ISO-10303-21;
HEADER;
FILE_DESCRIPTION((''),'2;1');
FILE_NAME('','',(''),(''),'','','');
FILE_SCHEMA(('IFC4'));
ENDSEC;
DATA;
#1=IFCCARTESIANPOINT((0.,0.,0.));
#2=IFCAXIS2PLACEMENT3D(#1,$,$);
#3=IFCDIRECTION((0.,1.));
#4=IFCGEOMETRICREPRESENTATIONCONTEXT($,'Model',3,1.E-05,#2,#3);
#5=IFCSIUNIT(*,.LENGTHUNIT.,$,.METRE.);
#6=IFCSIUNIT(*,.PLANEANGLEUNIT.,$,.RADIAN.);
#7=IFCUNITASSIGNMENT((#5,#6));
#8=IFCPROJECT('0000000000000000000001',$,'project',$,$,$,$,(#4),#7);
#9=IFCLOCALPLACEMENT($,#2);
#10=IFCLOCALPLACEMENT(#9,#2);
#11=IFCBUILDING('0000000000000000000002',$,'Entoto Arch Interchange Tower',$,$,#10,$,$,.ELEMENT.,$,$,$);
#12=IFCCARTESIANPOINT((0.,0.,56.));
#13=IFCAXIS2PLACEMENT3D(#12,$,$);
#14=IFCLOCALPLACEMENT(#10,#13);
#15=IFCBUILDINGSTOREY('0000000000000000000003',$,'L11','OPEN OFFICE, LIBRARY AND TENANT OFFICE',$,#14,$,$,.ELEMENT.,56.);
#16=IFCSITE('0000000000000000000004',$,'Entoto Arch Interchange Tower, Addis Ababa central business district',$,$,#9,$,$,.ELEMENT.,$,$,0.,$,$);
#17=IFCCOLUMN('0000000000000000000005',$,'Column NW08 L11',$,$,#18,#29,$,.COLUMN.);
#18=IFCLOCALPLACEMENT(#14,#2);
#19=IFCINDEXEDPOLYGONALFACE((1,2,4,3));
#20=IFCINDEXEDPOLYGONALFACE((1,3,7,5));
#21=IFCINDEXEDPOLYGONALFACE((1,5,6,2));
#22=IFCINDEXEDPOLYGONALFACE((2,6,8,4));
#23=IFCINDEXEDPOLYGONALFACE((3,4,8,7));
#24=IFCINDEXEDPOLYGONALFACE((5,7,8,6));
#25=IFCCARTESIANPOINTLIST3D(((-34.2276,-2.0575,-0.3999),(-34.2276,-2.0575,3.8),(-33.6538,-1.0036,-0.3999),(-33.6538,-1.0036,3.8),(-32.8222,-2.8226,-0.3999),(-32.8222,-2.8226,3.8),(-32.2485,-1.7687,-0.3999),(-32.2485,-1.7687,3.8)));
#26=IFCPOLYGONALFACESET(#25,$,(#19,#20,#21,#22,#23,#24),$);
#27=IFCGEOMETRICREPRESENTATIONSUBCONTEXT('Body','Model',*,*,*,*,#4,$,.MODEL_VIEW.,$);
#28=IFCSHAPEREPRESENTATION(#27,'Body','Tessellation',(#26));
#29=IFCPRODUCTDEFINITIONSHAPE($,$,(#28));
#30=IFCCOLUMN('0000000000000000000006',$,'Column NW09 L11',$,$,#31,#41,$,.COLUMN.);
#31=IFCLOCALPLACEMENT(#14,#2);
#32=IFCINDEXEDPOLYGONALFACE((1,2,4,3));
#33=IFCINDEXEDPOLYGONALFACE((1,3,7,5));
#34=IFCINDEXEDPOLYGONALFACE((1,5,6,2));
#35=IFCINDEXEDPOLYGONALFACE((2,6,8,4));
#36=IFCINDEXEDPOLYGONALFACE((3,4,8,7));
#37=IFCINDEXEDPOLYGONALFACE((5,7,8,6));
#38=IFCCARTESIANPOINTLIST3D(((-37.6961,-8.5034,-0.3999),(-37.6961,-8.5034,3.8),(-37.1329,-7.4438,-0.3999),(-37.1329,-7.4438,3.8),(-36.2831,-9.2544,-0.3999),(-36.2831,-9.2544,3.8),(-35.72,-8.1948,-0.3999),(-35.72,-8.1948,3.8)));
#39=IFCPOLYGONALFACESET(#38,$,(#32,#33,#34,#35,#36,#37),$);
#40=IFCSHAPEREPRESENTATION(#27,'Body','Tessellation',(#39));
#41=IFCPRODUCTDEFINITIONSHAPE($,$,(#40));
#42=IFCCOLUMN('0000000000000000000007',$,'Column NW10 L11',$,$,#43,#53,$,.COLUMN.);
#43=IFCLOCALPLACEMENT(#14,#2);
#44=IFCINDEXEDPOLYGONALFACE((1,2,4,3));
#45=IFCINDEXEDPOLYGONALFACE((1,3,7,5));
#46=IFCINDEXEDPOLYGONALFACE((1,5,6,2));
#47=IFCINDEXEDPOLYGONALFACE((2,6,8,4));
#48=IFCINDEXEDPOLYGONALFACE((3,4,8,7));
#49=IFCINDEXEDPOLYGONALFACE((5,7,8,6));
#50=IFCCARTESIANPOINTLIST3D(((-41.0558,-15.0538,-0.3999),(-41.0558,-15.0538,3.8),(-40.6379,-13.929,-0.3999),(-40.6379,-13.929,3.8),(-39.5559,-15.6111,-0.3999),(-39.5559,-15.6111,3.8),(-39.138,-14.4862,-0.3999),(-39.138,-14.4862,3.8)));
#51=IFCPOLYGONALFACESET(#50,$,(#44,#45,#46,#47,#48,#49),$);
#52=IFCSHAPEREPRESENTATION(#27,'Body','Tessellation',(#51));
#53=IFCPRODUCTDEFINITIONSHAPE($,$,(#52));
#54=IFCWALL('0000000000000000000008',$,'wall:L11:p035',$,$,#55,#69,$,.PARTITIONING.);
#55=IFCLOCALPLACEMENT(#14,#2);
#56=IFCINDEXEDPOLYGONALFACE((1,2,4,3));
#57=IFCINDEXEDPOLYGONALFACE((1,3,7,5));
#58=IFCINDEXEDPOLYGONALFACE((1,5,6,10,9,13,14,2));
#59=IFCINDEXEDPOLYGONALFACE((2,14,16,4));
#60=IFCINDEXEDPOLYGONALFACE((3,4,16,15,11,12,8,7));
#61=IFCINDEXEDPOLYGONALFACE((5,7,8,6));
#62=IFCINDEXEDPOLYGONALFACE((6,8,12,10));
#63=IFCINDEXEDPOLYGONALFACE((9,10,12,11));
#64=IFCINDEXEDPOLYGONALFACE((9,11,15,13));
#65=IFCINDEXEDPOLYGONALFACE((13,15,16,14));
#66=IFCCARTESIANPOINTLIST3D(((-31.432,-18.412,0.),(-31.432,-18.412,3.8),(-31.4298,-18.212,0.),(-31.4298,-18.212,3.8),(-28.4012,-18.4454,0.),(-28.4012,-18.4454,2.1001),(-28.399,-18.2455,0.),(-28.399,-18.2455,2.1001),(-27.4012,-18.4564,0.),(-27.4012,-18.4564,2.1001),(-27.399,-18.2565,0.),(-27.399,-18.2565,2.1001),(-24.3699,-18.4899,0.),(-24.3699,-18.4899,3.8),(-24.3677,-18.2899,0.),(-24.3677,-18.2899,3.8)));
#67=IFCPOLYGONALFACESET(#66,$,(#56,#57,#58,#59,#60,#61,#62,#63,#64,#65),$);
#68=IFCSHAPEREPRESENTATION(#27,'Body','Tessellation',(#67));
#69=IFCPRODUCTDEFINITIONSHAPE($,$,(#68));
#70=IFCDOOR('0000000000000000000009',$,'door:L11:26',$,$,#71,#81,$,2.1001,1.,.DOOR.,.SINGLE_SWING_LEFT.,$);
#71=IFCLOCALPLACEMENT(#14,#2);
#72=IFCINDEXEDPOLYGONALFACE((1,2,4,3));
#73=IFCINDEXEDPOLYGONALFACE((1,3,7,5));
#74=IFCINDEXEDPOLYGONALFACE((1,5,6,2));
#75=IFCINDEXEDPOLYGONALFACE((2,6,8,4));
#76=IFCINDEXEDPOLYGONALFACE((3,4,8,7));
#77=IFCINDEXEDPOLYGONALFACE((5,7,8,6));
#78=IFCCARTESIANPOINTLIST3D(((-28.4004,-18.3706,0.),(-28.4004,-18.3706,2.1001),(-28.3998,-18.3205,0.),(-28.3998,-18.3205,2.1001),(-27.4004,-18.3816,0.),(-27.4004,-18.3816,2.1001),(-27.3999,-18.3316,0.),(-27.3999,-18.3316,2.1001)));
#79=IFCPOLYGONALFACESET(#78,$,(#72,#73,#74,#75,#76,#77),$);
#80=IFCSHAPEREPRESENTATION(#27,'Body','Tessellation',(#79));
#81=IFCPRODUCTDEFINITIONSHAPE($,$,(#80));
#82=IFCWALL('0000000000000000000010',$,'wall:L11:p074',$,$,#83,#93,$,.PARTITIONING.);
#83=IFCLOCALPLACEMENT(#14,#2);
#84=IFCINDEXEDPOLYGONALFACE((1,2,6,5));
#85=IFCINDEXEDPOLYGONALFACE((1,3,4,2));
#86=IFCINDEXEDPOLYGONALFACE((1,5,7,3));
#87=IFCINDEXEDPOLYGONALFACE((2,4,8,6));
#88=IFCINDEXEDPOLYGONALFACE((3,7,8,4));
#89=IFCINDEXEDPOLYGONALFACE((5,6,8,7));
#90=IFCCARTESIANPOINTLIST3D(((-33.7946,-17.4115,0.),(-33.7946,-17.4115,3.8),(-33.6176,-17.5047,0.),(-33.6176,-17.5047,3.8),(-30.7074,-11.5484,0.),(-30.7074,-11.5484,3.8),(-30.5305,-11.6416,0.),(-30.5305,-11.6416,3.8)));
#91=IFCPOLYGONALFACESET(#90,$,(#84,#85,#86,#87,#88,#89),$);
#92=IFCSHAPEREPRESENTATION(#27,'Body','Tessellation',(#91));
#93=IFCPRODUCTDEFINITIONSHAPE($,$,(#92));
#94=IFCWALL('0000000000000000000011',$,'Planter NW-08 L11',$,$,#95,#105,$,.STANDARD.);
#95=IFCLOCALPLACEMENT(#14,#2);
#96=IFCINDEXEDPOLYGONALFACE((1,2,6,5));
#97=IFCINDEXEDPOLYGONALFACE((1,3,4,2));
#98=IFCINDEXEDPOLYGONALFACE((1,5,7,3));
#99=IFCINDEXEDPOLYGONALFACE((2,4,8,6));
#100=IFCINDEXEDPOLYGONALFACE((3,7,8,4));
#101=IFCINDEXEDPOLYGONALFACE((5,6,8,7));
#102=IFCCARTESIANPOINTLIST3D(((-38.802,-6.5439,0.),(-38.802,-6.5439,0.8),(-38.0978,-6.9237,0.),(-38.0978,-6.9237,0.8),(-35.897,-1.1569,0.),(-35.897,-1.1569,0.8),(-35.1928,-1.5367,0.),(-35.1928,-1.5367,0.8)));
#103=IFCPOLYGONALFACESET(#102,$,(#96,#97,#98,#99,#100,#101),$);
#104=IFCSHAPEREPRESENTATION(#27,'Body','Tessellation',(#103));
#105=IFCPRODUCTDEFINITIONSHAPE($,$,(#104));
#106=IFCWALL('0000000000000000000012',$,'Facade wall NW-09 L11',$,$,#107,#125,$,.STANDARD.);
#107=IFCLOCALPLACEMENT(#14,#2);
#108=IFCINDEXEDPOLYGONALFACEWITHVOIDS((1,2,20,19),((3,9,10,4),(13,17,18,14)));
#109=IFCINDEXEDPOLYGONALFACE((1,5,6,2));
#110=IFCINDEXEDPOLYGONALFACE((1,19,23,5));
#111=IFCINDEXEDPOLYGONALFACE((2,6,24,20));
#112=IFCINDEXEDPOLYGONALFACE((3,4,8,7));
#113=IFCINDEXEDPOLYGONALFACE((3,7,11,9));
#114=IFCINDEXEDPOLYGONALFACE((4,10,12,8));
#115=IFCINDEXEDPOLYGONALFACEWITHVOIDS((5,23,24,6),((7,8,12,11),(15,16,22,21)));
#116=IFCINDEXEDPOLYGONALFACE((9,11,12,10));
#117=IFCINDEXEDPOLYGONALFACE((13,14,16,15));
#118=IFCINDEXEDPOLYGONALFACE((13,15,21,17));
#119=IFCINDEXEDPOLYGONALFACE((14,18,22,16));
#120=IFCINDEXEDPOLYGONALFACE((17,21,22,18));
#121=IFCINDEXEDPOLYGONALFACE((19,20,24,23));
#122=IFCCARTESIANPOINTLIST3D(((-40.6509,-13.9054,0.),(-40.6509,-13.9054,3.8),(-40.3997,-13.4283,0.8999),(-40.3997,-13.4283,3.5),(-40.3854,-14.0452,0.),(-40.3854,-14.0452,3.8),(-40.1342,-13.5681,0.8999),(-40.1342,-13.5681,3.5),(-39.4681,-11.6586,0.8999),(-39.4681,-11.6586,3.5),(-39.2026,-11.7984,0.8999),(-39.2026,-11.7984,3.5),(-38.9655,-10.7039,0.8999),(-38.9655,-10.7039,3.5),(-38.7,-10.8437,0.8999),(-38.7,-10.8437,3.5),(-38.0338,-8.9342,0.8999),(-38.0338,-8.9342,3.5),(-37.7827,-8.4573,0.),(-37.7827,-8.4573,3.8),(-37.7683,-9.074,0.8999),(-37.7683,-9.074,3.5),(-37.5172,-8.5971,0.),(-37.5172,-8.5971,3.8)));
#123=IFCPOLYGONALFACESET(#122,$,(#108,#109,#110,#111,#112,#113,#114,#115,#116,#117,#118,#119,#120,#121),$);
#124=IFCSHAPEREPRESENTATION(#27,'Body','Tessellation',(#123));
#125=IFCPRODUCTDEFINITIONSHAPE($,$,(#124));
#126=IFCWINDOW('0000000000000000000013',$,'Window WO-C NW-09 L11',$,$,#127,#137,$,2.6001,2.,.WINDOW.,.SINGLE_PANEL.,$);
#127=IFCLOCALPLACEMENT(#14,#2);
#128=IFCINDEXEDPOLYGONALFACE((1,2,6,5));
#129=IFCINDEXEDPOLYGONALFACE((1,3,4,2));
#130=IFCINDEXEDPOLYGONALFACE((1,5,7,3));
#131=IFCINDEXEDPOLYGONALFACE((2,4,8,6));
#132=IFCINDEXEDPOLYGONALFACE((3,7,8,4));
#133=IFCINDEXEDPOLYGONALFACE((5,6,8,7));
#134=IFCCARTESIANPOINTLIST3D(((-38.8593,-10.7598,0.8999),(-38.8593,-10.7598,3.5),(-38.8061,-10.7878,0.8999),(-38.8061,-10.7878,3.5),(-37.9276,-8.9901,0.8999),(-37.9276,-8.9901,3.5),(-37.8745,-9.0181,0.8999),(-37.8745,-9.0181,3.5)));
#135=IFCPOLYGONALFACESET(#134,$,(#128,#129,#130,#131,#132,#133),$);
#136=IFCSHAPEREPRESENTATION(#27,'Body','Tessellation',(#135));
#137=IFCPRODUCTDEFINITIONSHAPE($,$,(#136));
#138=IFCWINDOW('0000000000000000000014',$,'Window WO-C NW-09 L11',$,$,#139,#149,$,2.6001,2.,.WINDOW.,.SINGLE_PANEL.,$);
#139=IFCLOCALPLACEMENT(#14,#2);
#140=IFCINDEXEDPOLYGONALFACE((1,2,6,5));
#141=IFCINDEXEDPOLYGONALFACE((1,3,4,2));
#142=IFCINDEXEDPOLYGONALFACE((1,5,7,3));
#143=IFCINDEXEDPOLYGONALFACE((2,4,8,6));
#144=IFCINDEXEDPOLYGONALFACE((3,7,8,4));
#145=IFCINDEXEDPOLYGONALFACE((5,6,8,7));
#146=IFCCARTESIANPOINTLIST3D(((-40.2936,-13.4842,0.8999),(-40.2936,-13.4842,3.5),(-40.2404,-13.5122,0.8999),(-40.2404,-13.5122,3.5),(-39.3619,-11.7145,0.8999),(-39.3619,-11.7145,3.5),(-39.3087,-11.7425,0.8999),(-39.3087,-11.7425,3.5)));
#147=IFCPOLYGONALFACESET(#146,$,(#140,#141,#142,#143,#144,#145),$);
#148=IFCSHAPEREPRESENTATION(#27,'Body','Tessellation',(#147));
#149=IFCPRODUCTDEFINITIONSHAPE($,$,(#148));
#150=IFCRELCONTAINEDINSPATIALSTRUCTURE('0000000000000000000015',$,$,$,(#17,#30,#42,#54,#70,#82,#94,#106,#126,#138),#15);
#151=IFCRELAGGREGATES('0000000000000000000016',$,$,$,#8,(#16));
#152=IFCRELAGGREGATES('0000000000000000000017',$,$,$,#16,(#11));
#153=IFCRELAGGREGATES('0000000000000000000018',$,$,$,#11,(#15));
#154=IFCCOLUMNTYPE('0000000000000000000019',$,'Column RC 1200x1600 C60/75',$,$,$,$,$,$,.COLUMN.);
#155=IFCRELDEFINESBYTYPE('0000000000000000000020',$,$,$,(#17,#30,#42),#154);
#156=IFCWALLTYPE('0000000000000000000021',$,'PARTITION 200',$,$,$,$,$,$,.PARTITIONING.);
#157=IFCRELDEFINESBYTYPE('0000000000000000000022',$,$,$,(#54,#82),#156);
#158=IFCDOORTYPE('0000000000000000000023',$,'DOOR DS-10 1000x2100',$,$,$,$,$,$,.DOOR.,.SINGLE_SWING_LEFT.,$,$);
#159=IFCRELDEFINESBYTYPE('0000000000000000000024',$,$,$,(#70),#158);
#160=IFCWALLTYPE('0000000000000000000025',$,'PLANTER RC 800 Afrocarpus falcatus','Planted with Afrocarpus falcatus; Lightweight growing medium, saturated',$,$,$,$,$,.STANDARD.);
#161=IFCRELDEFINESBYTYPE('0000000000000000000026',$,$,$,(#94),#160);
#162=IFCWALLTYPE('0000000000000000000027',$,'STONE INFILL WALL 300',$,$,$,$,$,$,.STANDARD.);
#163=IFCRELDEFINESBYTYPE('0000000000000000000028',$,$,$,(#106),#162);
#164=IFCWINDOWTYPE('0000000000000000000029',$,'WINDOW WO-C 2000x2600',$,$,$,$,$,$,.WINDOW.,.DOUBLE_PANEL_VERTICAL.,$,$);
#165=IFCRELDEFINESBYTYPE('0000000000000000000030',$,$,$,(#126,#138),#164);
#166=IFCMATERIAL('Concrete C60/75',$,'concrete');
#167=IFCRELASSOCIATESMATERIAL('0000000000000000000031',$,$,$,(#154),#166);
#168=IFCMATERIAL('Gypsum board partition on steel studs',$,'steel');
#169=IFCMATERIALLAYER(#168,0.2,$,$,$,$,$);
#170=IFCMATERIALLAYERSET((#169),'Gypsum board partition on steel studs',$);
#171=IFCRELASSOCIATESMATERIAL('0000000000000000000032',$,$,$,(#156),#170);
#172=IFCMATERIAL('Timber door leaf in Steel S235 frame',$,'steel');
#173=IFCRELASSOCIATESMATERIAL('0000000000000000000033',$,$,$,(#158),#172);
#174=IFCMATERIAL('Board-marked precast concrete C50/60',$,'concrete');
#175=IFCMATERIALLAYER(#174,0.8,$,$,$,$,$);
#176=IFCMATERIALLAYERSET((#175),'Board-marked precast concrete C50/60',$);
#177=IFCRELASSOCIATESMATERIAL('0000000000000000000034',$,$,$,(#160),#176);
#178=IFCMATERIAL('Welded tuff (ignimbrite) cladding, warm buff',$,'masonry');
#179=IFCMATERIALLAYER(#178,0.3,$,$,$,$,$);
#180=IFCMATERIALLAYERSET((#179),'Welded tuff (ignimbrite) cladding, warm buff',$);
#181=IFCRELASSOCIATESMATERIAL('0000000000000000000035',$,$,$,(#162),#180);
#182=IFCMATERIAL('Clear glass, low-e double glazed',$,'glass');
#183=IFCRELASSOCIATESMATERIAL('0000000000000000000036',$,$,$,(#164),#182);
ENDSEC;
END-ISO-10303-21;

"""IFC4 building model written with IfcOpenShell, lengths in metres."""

from ifc_helpers import new_model, si_unit, direction, frame, frame_2d, origin, origin_2d, place, context, subcontext, project, spatial, rectangle, extrude, material, layer, layer_set, material_profile, profile_set, type_object, element, fill, save


model = new_model("IFC4")

# Units and contexts
model_context = context("Model", 3, precision=1e-05, world=origin(), true_north=direction((0.0, 1.0)))
body_context = subcontext(model_context, "Body", "Model", "MODEL_VIEW")
ifc_project = project(units=[si_unit("LENGTHUNIT", "METRE"), si_unit("PLANEANGLEUNIT", "RADIAN")], contexts=[model_context])

# Site, building, storey
site_placement = place(None, origin())
site = spatial("IfcSite", under=ifc_project, at=site_placement, Name="Entoto Arch Interchange Tower, Addis Ababa central business district", CompositionType="ELEMENT", RefElevation=0.0)
building_placement = place(site_placement, origin())
building = spatial("IfcBuilding", under=site, at=building_placement, Name="Entoto Arch Interchange Tower", CompositionType="ELEMENT")
storey_placement = place(building_placement, frame((0.0, 0.0, 56.0)))
storey = spatial("IfcBuildingStorey", under=building, at=storey_placement, Name="L11", Description="OPEN OFFICE, LIBRARY AND TENANT OFFICE", CompositionType="ELEMENT", Elevation=56.0)

# Columns
ifc_material_1 = material(Name="Concrete C60/75", Category="concrete")
ifc_material_profile = material_profile(ifc_material_1, rectangle(XDim=1.2, YDim=1.6001, at=origin_2d()))
ifc_profile_set = profile_set([ifc_material_profile], Name="Concrete C60/75")
column_type = type_object("IfcColumnType", Name="Column RC 1200x1600 C60/75", PredefinedType="COLUMN", material=ifc_profile_set)
for number, where, z_axis, x_axis, name in (
    (1, (-33.238, -1.9131, -0.3999), (0.0, 0.0, 1.0), (0.47814, 0.878284, 0.0), "Column NW08 L11"),
    (2, (-36.708, -8.3491, -0.3999), (0.0, 0.0, 1.0), (0.469317, 0.88303, 0.0), "Column NW09 L11"),
    (3, (-40.0969, -14.77, -0.3999), (0.0, 0.0, 1.0), (0.348278, 0.937391, 0.0), "Column NW10 L11"),
):
    element("IfcColumn", number, at=place(storey_placement, frame(where, z_axis=z_axis, x_axis=x_axis)), inside=storey, type_object=column_type, Name=name, PredefinedType="COLUMN", context=body_context, shape_type="SweptSolid", body=[
        extrude(rectangle(XDim=1.2, YDim=1.6001, at=origin_2d()), origin(), (0.0, 0.0, 1.0), 4.2),
    ])

# Wall, opening, door
ifc_material_2 = material(Name="Gypsum board partition on steel studs", Category="steel")
ifc_layer_1 = layer(ifc_material_2, 0.2)
ifc_layer_set_1 = layer_set([ifc_layer_1], Name="Gypsum board partition on steel studs")
wall_type_1 = type_object("IfcWallType", Name="PARTITION 200", PredefinedType="PARTITIONING", material=ifc_layer_set_1)
wall_1_placement = place(storey_placement, frame((-31.4309, -18.312, 0.0), z_axis=(0.0, 0.0, 1.0), x_axis=(0.999939, -0.011027, 0.0)))
wall_1 = element("IfcWall", 4, at=wall_1_placement, inside=storey, type_object=wall_type_1, Name="wall:L11:p035", PredefinedType="PARTITIONING", context=body_context, shape_type="SweptSolid", body=[
    extrude(rectangle(XDim=7.0625, YDim=0.2, at=frame_2d((3.5312, 0.0))), origin(), (0.0, 0.0, 1.0), 3.8),
])
opening_1_placement = place(wall_1_placement, frame((3.031, 0.0, 0.0)))
opening_1 = element("IfcOpeningElement", 5, at=opening_1_placement, cuts=wall_1, PredefinedType="OPENING", context=body_context, shape_type="SweptSolid", body=[
    extrude(rectangle(XDim=1.0, YDim=2.1001, at=frame_2d((0.5, 1.05))), frame((0.0, 0.1099, 0.0), z_axis=(0.0, -1.0, 0.0), x_axis=(1.0, 0.0, 0.0)), (0.0, 0.0, 1.0), 0.22),
])
ifc_material_3 = material(Name="Timber door leaf in Steel S235 frame", Category="steel")
door_type_1 = type_object("IfcDoorType", Name="DOOR DS-10 1000x2100", OperationType="SINGLE_SWING_LEFT", PredefinedType="DOOR", material=ifc_material_3)
door_1_placement = place(opening_1_placement, origin())
door_1 = element("IfcDoor", 6, at=door_1_placement, inside=storey, type_object=door_type_1, Name="door:L11:26", OperationType="SINGLE_SWING_LEFT", OverallHeight=2.1001, OverallWidth=1.0, PredefinedType="DOOR", context=body_context, shape_type="SweptSolid", body=[
    extrude(rectangle(XDim=1.0, YDim=2.1001, at=frame_2d((0.5, 1.05))), frame((0.0, 0.0249, 0.0), z_axis=(0.0, -1.0, 0.0), x_axis=(1.0, 0.0, 0.0)), (0.0, 0.0, 1.0), 0.05),
])
fill(opening_1, door_1)

# Walls
wall_2_placement = place(storey_placement, frame((-33.7061, -17.458, 0.0), z_axis=(0.0, 0.0, 1.0), x_axis=(0.465906, 0.884834, 0.0)))
element("IfcWall", 7, at=wall_2_placement, inside=storey, type_object=wall_type_1, Name="wall:L11:p074", PredefinedType="PARTITIONING", context=body_context, shape_type="SweptSolid", body=[
    extrude(rectangle(XDim=6.6262, YDim=0.2, at=frame_2d((3.313, 0.0))), origin(), (0.0, 0.0, 1.0), 3.8),
])
ifc_material_4 = material(Name="Board-marked precast concrete C50/60", Category="concrete")
ifc_layer_2 = layer(ifc_material_4, 0.8)
ifc_layer_set_2 = layer_set([ifc_layer_2], Name="Board-marked precast concrete C50/60")
wall_type_2 = type_object("IfcWallType", Name="PLANTER RC 800 Afrocarpus falcatus", Description="Planted with Afrocarpus falcatus; Lightweight growing medium, saturated", PredefinedType="STANDARD", material=ifc_layer_set_2)
wall_3_placement = place(storey_placement, frame((-35.5449, -1.3469, 0.0), z_axis=(0.0, 0.0, 1.0), x_axis=(-0.474652, -0.880174, 0.0)))
element("IfcWall", 8, at=wall_3_placement, inside=storey, type_object=wall_type_2, Name="Planter NW-08 L11", PredefinedType="STANDARD", context=body_context, shape_type="SweptSolid", body=[
    extrude(rectangle(XDim=6.1204, YDim=0.8, at=frame_2d((3.0601, 0.0))), origin(), (0.0, 0.0, 1.0), 0.8),
])

# Shared definitions
ifc_material_5 = material(Name="Welded tuff (ignimbrite) cladding, warm buff", Category="masonry")
ifc_layer_3 = layer(ifc_material_5, 0.3)
ifc_layer_set_3 = layer_set([ifc_layer_3], Name="Welded tuff (ignimbrite) cladding, warm buff")
wall_type_3 = type_object("IfcWallType", Name="STONE INFILL WALL 300", PredefinedType="STANDARD", material=ifc_layer_set_3)
ifc_material_6 = material(Name="Clear glass, low-e double glazed", Category="glass")
window_type_1 = type_object("IfcWindowType", Name="WINDOW WO-C 2000x2600", PartitioningType="DOUBLE_PANEL_VERTICAL", PredefinedType="WINDOW", material=ifc_material_6)

# Wall, openings, windows
wall_4_placement = place(storey_placement, frame((-37.6499, -8.5271, 0.0), z_axis=(0.0, 0.0, 1.0), x_axis=(-0.465848, -0.884865, 0.0)))
wall_4 = element("IfcWall", 9, at=wall_4_placement, inside=storey, type_object=wall_type_3, Name="Facade wall NW-09 L11", PredefinedType="STANDARD", context=body_context, shape_type="SweptSolid", body=[
    extrude(rectangle(XDim=6.157, YDim=0.3, at=frame_2d((3.0786, 0.0))), origin(), (0.0, 0.0, 1.0), 3.8),
])
opening_2_placement = place(wall_4_placement, frame((0.5391, 0.0, 0.8999)))
opening_2 = element("IfcOpeningElement", 10, at=opening_2_placement, cuts=wall_4, PredefinedType="OPENING", context=body_context, shape_type="SweptSolid", body=[
    extrude(rectangle(XDim=2.0, YDim=2.6001, at=frame_2d((1.0, 1.3))), frame((0.0, 0.1602, 0.0), z_axis=(0.0, -1.0, 0.0), x_axis=(1.0, 0.0, 0.0)), (0.0, 0.0, 1.0), 0.3201),
])
opening_3_placement = place(wall_4_placement, frame((3.6179, 0.0, 0.8999)))
opening_3 = element("IfcOpeningElement", 11, at=opening_3_placement, cuts=wall_4, PredefinedType="OPENING", context=body_context, shape_type="SweptSolid", body=[
    extrude(rectangle(XDim=2.0, YDim=2.6001, at=frame_2d((1.0, 1.3))), frame((0.0, 0.1602, 0.0), z_axis=(0.0, -1.0, 0.0), x_axis=(1.0, 0.0, 0.0)), (0.0, 0.0, 1.0), 0.3201),
])
window_1_placement = place(opening_2_placement, origin())
window_1 = element("IfcWindow", 12, at=window_1_placement, inside=storey, type_object=window_type_1, Name="Window WO-C NW-09 L11", OverallHeight=2.6001, OverallWidth=2.0, PartitioningType="SINGLE_PANEL", PredefinedType="WINDOW", context=body_context, shape_type="SweptSolid", body=[
    extrude(rectangle(XDim=2.0, YDim=2.6001, at=frame_2d((1.0, 1.3))), frame((0.0, 0.03, 0.0), z_axis=(0.0, -1.0, 0.0), x_axis=(1.0, 0.0, 0.0)), (0.0, 0.0, 1.0), 0.0601),
])
fill(opening_2, window_1)
window_2_placement = place(opening_3_placement, origin())
window_2 = element("IfcWindow", 13, at=window_2_placement, inside=storey, type_object=window_type_1, Name="Window WO-C NW-09 L11", OverallHeight=2.6001, OverallWidth=2.0, PartitioningType="SINGLE_PANEL", PredefinedType="WINDOW", context=body_context, shape_type="SweptSolid", body=[
    extrude(rectangle(XDim=2.0, YDim=2.6001, at=frame_2d((1.0, 1.3))), frame((0.0, 0.03, 0.0), z_axis=(0.0, -1.0, 0.0), x_axis=(1.0, 0.0, 0.0)), (0.0, 0.0, 1.0), 0.0601),
])
fill(opening_3, window_2)

save(model, "model.ifc")
